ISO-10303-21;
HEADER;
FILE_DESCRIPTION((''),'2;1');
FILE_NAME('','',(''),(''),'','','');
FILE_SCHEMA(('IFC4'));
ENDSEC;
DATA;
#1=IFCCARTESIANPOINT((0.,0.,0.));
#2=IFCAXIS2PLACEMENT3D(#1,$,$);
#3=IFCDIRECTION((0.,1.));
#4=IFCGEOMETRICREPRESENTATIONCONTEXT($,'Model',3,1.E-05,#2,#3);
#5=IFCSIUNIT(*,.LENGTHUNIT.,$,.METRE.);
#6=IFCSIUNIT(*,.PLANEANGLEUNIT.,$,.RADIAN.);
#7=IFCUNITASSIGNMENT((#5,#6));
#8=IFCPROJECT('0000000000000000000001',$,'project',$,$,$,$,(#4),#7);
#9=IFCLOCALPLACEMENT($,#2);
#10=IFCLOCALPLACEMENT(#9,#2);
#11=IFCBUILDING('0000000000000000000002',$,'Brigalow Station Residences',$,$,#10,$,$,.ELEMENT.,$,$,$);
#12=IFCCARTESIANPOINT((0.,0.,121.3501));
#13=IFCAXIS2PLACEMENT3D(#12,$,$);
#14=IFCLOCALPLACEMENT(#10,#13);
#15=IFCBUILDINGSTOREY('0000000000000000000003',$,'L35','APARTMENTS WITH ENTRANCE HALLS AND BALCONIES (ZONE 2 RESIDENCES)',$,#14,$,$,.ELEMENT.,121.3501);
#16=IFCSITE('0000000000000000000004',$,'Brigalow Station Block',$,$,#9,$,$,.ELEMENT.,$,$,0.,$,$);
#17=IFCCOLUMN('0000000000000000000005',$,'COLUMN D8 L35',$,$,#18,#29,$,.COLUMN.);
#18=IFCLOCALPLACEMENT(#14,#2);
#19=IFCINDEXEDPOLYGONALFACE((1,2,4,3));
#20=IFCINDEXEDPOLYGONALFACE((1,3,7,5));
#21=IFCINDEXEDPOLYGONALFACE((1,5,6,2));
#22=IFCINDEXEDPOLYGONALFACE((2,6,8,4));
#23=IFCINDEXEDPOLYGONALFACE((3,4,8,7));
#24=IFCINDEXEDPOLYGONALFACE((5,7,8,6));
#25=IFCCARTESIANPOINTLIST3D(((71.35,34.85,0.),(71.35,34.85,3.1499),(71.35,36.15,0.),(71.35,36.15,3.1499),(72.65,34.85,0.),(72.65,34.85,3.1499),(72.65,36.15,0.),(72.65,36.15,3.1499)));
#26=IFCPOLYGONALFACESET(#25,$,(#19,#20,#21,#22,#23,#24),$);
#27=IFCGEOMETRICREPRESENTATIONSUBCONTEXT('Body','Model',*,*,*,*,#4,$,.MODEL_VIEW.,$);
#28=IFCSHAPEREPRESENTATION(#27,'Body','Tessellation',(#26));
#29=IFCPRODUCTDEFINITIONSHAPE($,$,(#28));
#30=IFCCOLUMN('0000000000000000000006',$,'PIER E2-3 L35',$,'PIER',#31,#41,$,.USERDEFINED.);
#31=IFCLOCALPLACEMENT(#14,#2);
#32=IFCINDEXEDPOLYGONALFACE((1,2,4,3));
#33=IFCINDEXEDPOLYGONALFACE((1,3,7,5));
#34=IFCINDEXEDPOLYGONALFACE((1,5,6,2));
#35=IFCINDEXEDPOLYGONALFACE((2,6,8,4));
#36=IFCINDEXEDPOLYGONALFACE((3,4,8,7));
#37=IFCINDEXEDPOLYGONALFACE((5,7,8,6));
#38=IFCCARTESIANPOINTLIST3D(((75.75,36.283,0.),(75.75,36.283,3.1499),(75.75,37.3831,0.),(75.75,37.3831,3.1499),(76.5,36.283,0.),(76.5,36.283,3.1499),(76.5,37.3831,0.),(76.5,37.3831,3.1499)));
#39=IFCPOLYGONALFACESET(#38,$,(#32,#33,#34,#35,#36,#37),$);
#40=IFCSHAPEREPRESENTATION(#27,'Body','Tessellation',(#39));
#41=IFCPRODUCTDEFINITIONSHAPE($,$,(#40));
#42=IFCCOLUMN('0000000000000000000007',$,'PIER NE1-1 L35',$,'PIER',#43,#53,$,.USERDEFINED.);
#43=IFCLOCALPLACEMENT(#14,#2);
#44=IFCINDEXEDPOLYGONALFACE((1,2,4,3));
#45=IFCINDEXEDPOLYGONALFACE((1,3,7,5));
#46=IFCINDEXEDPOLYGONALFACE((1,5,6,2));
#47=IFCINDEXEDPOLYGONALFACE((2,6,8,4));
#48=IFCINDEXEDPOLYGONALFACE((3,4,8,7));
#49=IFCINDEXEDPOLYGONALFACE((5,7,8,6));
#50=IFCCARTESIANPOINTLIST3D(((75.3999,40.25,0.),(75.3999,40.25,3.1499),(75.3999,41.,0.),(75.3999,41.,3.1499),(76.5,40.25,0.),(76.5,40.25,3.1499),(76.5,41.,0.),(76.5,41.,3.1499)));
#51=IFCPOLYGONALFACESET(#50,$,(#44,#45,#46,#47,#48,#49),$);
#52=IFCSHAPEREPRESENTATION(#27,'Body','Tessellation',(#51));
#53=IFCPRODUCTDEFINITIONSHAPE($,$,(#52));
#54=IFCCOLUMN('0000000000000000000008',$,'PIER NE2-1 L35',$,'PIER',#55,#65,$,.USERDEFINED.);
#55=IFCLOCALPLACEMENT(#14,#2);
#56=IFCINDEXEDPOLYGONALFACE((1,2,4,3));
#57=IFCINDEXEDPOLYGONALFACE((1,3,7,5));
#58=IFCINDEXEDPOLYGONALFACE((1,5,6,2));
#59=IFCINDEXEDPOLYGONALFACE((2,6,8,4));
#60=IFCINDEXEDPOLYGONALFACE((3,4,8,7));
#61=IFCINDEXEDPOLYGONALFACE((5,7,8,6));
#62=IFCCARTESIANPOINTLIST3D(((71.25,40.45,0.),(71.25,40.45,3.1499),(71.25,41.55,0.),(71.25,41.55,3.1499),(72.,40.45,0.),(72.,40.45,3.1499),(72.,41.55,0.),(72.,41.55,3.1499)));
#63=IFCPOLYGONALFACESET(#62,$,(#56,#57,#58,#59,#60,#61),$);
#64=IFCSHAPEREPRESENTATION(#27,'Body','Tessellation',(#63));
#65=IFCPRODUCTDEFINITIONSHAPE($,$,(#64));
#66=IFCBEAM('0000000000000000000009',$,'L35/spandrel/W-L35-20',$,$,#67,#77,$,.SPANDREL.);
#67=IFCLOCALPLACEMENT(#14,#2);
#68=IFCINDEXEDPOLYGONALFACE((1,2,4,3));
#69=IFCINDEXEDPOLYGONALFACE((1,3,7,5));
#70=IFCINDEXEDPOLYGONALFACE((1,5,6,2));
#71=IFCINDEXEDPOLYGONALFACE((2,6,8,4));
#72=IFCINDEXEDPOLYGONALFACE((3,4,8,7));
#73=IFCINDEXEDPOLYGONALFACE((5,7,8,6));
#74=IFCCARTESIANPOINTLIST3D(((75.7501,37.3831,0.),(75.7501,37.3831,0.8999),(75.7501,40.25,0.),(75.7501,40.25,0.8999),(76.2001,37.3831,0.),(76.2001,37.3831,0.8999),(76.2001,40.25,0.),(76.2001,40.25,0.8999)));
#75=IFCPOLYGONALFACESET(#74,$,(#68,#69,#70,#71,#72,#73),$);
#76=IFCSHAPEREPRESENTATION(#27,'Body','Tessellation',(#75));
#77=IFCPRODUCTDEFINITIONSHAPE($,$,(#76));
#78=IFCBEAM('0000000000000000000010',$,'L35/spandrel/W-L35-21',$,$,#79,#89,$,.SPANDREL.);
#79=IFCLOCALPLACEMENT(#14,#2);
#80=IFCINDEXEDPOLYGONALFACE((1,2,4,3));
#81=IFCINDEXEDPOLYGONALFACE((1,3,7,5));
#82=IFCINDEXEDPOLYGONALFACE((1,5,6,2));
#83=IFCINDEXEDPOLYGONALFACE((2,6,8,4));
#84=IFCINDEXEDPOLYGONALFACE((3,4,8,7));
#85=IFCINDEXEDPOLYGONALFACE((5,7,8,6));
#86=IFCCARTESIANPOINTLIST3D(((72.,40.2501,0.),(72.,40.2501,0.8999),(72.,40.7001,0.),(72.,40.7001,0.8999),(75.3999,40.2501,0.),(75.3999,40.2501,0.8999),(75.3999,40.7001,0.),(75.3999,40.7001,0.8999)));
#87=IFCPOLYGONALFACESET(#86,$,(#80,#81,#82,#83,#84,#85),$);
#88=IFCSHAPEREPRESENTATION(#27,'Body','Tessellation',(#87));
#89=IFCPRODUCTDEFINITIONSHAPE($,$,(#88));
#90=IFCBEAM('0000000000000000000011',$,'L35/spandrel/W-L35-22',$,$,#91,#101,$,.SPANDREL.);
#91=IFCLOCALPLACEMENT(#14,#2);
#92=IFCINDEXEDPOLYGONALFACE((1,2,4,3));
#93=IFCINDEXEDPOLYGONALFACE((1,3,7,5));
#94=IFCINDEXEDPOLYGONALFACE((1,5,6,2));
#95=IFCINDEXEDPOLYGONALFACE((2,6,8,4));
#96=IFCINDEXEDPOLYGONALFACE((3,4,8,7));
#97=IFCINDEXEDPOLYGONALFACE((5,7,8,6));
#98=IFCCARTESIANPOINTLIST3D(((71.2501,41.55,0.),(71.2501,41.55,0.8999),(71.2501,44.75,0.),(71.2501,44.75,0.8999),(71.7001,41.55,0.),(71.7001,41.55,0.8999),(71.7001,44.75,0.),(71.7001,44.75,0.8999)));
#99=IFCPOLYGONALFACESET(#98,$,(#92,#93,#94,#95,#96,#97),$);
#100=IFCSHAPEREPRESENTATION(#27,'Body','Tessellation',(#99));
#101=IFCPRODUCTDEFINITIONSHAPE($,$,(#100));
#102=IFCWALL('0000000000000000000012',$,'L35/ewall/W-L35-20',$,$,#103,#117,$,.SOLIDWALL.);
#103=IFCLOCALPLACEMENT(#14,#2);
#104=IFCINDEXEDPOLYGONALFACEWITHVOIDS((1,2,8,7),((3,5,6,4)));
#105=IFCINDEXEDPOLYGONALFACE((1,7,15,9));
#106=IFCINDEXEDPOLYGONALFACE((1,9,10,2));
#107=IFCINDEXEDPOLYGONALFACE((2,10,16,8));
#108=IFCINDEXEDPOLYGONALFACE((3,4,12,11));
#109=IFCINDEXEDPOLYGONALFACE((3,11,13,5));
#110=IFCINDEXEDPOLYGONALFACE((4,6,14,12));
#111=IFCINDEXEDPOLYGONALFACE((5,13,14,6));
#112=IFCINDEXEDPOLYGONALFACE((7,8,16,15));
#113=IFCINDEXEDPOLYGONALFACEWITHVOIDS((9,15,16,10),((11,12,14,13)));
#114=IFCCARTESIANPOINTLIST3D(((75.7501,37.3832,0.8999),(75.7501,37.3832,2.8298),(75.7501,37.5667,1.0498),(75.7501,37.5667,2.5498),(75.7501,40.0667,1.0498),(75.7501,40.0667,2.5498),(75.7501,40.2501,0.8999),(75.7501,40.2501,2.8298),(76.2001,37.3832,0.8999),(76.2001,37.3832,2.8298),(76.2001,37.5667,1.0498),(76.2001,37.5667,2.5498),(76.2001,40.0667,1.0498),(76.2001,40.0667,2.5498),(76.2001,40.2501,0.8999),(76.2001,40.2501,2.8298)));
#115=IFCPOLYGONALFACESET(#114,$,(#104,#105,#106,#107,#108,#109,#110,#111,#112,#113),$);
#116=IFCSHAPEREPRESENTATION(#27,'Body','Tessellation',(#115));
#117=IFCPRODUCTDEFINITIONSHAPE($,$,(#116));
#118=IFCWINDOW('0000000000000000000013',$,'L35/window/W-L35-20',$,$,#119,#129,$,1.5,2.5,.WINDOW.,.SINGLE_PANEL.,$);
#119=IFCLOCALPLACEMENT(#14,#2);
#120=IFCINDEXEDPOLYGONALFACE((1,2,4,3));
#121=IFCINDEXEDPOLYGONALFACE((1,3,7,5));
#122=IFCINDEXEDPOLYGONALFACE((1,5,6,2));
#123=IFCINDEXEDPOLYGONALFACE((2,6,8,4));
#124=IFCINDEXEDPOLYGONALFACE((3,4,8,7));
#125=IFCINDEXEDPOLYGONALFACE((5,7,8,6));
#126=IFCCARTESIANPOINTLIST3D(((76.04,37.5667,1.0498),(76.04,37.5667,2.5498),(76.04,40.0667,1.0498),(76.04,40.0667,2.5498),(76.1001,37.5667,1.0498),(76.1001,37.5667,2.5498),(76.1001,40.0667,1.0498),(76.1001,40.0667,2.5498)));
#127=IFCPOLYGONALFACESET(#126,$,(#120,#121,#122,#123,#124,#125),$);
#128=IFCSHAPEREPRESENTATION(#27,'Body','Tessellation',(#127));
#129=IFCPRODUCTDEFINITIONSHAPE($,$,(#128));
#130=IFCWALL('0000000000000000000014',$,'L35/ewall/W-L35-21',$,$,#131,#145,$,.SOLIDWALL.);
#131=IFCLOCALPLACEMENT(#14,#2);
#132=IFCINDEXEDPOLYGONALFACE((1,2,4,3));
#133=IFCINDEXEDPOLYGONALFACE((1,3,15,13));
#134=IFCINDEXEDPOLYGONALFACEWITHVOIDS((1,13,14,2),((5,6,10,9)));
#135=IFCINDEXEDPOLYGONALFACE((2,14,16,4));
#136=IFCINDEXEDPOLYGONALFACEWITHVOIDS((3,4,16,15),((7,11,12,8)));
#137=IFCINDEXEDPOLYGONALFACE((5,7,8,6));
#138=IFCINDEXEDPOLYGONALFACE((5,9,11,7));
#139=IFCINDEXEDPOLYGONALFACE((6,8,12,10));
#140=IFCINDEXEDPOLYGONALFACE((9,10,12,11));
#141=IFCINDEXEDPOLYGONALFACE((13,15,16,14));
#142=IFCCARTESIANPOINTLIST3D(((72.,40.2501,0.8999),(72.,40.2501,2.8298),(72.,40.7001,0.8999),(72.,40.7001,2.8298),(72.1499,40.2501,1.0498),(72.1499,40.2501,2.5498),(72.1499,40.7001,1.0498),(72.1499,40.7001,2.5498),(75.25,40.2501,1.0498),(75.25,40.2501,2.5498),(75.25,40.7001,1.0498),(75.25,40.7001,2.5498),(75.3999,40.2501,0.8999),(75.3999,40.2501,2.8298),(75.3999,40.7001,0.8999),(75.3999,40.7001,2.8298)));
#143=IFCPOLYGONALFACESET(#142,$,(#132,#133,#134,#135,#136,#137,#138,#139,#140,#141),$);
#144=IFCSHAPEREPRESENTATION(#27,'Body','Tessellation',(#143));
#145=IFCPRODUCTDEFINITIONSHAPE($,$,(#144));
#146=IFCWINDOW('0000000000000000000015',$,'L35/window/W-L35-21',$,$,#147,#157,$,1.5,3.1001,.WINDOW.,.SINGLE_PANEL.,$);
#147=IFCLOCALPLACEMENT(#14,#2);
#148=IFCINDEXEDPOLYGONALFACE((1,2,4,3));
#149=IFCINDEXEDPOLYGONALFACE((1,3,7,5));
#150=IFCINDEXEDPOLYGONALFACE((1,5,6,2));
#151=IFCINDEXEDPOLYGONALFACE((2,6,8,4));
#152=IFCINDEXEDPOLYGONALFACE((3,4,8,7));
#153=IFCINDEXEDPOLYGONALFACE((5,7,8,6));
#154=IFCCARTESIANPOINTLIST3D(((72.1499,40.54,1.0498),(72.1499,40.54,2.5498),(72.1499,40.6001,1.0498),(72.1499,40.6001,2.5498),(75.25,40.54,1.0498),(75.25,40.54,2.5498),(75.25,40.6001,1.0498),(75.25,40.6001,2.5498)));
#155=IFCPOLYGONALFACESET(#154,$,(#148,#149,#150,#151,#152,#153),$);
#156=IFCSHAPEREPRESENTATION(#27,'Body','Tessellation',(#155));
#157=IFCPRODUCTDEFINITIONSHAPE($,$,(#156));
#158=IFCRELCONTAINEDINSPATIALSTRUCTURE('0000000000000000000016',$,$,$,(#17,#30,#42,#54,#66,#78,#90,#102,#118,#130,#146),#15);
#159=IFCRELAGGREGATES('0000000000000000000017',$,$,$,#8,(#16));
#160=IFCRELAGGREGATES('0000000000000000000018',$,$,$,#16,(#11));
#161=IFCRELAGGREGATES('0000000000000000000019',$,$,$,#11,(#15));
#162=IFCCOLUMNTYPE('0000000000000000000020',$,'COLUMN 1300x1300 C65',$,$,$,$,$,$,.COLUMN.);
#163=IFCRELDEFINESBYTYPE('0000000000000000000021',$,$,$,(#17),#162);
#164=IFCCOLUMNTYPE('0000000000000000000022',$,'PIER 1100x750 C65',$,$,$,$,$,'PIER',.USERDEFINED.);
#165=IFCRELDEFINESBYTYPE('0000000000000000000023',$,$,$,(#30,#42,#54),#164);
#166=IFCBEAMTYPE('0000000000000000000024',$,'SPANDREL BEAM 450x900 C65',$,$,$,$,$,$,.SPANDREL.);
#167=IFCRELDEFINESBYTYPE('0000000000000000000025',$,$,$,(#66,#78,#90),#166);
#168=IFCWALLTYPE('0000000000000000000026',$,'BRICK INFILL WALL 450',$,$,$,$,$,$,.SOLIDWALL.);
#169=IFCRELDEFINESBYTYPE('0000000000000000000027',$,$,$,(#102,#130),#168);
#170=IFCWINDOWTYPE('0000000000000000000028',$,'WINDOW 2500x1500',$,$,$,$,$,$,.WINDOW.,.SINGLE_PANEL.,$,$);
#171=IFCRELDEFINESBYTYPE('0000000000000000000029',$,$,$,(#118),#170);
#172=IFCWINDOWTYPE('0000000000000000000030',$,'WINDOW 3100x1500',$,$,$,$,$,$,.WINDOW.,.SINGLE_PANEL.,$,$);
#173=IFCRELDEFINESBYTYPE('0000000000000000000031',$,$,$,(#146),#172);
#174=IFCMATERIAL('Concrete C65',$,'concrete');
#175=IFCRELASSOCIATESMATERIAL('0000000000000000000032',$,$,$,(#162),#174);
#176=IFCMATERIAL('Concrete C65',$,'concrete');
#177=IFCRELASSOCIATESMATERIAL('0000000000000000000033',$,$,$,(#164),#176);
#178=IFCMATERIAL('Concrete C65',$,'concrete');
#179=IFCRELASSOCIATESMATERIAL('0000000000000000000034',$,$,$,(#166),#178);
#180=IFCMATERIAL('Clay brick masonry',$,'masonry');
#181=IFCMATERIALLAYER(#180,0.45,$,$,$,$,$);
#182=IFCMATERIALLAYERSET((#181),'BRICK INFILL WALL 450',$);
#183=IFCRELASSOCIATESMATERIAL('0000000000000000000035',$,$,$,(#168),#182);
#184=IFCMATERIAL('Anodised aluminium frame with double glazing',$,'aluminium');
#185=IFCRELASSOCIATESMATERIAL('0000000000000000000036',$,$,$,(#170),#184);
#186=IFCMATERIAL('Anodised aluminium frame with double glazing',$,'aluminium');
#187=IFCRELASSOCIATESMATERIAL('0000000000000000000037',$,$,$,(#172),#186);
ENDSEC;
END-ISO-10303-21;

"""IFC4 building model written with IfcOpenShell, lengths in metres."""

from ifc_helpers import new_model, si_unit, direction, frame, frame_2d, origin, origin_2d, place, context, subcontext, project, spatial, rectangle, extrude, material, layer, layer_set, material_profile, profile_set, type_object, element, fill, save


model = new_model("IFC4")

# Units and contexts
model_context = context("Model", 3, precision=1e-05, world=origin(), true_north=direction((0.0, 1.0)))
body_context = subcontext(model_context, "Body", "Model", "MODEL_VIEW")
ifc_project = project(units=[si_unit("LENGTHUNIT", "METRE"), si_unit("PLANEANGLEUNIT", "RADIAN")], contexts=[model_context])

# Site, building, storey
site_placement = place(None, origin())
site = spatial("IfcSite", under=ifc_project, at=site_placement, Name="Brigalow Station Block", CompositionType="ELEMENT", RefElevation=0.0)
building_placement = place(site_placement, origin())
building = spatial("IfcBuilding", under=site, at=building_placement, Name="Brigalow Station Residences", CompositionType="ELEMENT")
storey_placement = place(building_placement, frame((0.0, 0.0, 121.3501)))
storey = spatial("IfcBuildingStorey", under=building, at=storey_placement, Name="L35", Description="APARTMENTS WITH ENTRANCE HALLS AND BALCONIES (ZONE 2 RESIDENCES)", CompositionType="ELEMENT", Elevation=121.3501)

# Columns
ifc_material_1 = material(Name="Concrete C65", Category="concrete")
ifc_material_profile_1 = material_profile(ifc_material_1, rectangle(XDim=1.3, YDim=1.3, at=origin_2d()), Name="RC1300x1300")
ifc_profile_set_1 = profile_set([ifc_material_profile_1], Name="Concrete C65")
column_type_1 = type_object("IfcColumnType", Name="COLUMN 1300x1300 C65", PredefinedType="COLUMN", material=ifc_profile_set_1)
column_placement = place(storey_placement, frame((72.0, 35.5, 0.0), z_axis=(0.0, 0.0, 1.0), x_axis=(1.0, 0.0, 0.0)))
element("IfcColumn", 1, at=column_placement, inside=storey, type_object=column_type_1, Name="COLUMN D8 L35", PredefinedType="COLUMN", context=body_context, shape_type="SweptSolid", body=[
    extrude(rectangle(XDim=1.3, YDim=1.3, at=origin_2d()), origin(), (0.0, 0.0, 1.0), 3.1499),
])
ifc_material_2 = material(Name="Concrete C65", Category="concrete")
ifc_material_profile_2 = material_profile(ifc_material_2, rectangle(XDim=1.1001, YDim=0.75, at=origin_2d()), Name="RC1100x750")
ifc_profile_set_2 = profile_set([ifc_material_profile_2], Name="Concrete C65")
column_type_2 = type_object("IfcColumnType", Name="PIER 1100x750 C65", ElementType="PIER", PredefinedType="USERDEFINED", material=ifc_profile_set_2)
for number, where, z_axis, x_axis, name in (
    (2, (76.125, 36.833, 0.0), (0.0, 0.0, 1.0), (0.0, 1.0, 0.0), "PIER E2-3 L35"),
    (3, (75.95, 40.625, 0.0), (0.0, 0.0, 1.0), (-1.0, 0.0, 0.0), "PIER NE1-1 L35"),
    (4, (71.625, 41.0, 0.0), (0.0, 0.0, 1.0), (0.0, 1.0, 0.0), "PIER NE2-1 L35"),
):
    element("IfcColumn", number, at=place(storey_placement, frame(where, z_axis=z_axis, x_axis=x_axis)), inside=storey, type_object=column_type_2, Name=name, ObjectType="PIER", PredefinedType="USERDEFINED", context=body_context, shape_type="SweptSolid", body=[
        extrude(rectangle(XDim=1.1001, YDim=0.75, at=origin_2d()), origin(), (0.0, 0.0, 1.0), 3.1499),
    ])

# Beams
ifc_material_3 = material(Name="Concrete C65", Category="concrete")
ifc_material_profile_3 = material_profile(ifc_material_3, rectangle(XDim=0.45, YDim=0.8999, at=origin_2d()), Name="RC450x900")
ifc_profile_set_3 = profile_set([ifc_material_profile_3], Name="Concrete C65")
beam_type = type_object("IfcBeamType", Name="SPANDREL BEAM 450x900 C65", PredefinedType="SPANDREL", material=ifc_profile_set_3)
beam_1_placement = place(storey_placement, frame((75.9751, 37.3831, 0.45), z_axis=(0.0, 1.0, 0.0), x_axis=(-1.0, 0.0, 0.0)))
element("IfcBeam", 5, at=beam_1_placement, inside=storey, type_object=beam_type, Name="L35/spandrel/W-L35-20", PredefinedType="SPANDREL", context=body_context, shape_type="SweptSolid", body=[
    extrude(rectangle(XDim=0.45, YDim=0.8999, at=origin_2d()), origin(), (0.0, 0.0, 1.0), 2.8669),
])
beam_2_placement = place(storey_placement, frame((75.3999, 40.4751, 0.45), z_axis=(-1.0, 0.0, 0.0), x_axis=(0.0, -1.0, 0.0)))
element("IfcBeam", 6, at=beam_2_placement, inside=storey, type_object=beam_type, Name="L35/spandrel/W-L35-21", PredefinedType="SPANDREL", context=body_context, shape_type="SweptSolid", body=[
    extrude(rectangle(XDim=0.45, YDim=0.8999, at=origin_2d()), origin(), (0.0, 0.0, 1.0), 3.3999),
])
beam_3_placement = place(storey_placement, frame((71.4751, 41.55, 0.45), z_axis=(0.0, 1.0, 0.0), x_axis=(-1.0, 0.0, 0.0)))
element("IfcBeam", 7, at=beam_3_placement, inside=storey, type_object=beam_type, Name="L35/spandrel/W-L35-22", PredefinedType="SPANDREL", context=body_context, shape_type="SweptSolid", body=[
    extrude(rectangle(XDim=0.45, YDim=0.8999, at=origin_2d()), origin(), (0.0, 0.0, 1.0), 3.2),
])

# Walls, openings, windows
ifc_material_4 = material(Name="Clay brick masonry", Category="masonry")
ifc_layer_1 = layer(ifc_material_4, 0.45)
ifc_layer_set_1 = layer_set([ifc_layer_1], Name="BRICK INFILL WALL 450")
wall_type_1 = type_object("IfcWallType", Name="BRICK INFILL WALL 450", PredefinedType="SOLIDWALL", material=ifc_layer_set_1)
wall_1_placement = place(storey_placement, frame((75.9751, 37.3831, 0.8999), z_axis=(0.0, 0.0, 1.0), x_axis=(0.0, 1.0, 0.0)))
wall_1 = element("IfcWall", 8, at=wall_1_placement, inside=storey, type_object=wall_type_1, Name="L35/ewall/W-L35-20", PredefinedType="SOLIDWALL", context=body_context, shape_type="SweptSolid", body=[
    extrude(rectangle(XDim=2.8669, YDim=0.45, at=frame_2d((1.4336, 0.0))), origin(), (0.0, 0.0, 1.0), 1.9299),
])
opening_1_placement = place(wall_1_placement, frame((0.1836, 0.0, 0.1499)))
opening_1 = element("IfcOpeningElement", 9, at=opening_1_placement, cuts=wall_1, PredefinedType="OPENING", context=body_context, shape_type="SweptSolid", body=[
    extrude(rectangle(XDim=2.5, YDim=1.5, at=frame_2d((1.25, 0.75))), frame((0.0, 0.2349, 0.0), z_axis=(0.0, -1.0, 0.0), x_axis=(1.0, 0.0, 0.0)), (0.0, 0.0, 1.0), 0.47),
])
ifc_material_5 = material(Name="Anodised aluminium frame with double glazing", Category="aluminium")
window_type_1 = type_object("IfcWindowType", Name="WINDOW 2500x1500", PartitioningType="SINGLE_PANEL", PredefinedType="WINDOW", material=ifc_material_5)
window_1_placement = place(opening_1_placement, origin())
window_1 = element("IfcWindow", 10, at=window_1_placement, inside=storey, type_object=window_type_1, Name="L35/window/W-L35-20", OverallHeight=1.5, OverallWidth=2.5, PartitioningType="SINGLE_PANEL", PredefinedType="WINDOW", context=body_context, shape_type="SweptSolid", body=[
    extrude(rectangle(XDim=2.5, YDim=1.5, at=frame_2d((1.25, 0.75))), frame((0.0, -0.0649, 0.0), z_axis=(0.0, -1.0, 0.0), x_axis=(1.0, 0.0, 0.0)), (0.0, 0.0, 1.0), 0.0601),
])
fill(opening_1, window_1)
wall_2_placement = place(storey_placement, frame((75.3999, 40.4751, 0.8999), z_axis=(0.0, 0.0, 1.0), x_axis=(-1.0, 0.0, 0.0)))
wall_2 = element("IfcWall", 11, at=wall_2_placement, inside=storey, type_object=wall_type_1, Name="L35/ewall/W-L35-21", PredefinedType="SOLIDWALL", context=body_context, shape_type="SweptSolid", body=[
    extrude(rectangle(XDim=3.3999, YDim=0.45, at=frame_2d((1.7, 0.0))), origin(), (0.0, 0.0, 1.0), 1.9299),
])
opening_2_placement = place(wall_2_placement, frame((0.1499, 0.0, 0.1499)))
opening_2 = element("IfcOpeningElement", 12, at=opening_2_placement, cuts=wall_2, PredefinedType="OPENING", context=body_context, shape_type="SweptSolid", body=[
    extrude(rectangle(XDim=3.1001, YDim=1.5, at=frame_2d((1.55, 0.75))), frame((0.0, 0.2349, 0.0), z_axis=(0.0, -1.0, 0.0), x_axis=(1.0, 0.0, 0.0)), (0.0, 0.0, 1.0), 0.47),
])
ifc_material_6 = material(Name="Anodised aluminium frame with double glazing", Category="aluminium")
window_type_2 = type_object("IfcWindowType", Name="WINDOW 3100x1500", PartitioningType="SINGLE_PANEL", PredefinedType="WINDOW", material=ifc_material_6)
window_2_placement = place(opening_2_placement, origin())
window_2 = element("IfcWindow", 13, at=window_2_placement, inside=storey, type_object=window_type_2, Name="L35/window/W-L35-21", OverallHeight=1.5, OverallWidth=3.1001, PartitioningType="SINGLE_PANEL", PredefinedType="WINDOW", context=body_context, shape_type="SweptSolid", body=[
    extrude(rectangle(XDim=3.1001, YDim=1.5, at=frame_2d((1.55, 0.75))), frame((0.0, -0.0649, 0.0), z_axis=(0.0, -1.0, 0.0), x_axis=(1.0, 0.0, 0.0)), (0.0, 0.0, 1.0), 0.0601),
])
fill(opening_2, window_2)

save(model, "model.ifc")
